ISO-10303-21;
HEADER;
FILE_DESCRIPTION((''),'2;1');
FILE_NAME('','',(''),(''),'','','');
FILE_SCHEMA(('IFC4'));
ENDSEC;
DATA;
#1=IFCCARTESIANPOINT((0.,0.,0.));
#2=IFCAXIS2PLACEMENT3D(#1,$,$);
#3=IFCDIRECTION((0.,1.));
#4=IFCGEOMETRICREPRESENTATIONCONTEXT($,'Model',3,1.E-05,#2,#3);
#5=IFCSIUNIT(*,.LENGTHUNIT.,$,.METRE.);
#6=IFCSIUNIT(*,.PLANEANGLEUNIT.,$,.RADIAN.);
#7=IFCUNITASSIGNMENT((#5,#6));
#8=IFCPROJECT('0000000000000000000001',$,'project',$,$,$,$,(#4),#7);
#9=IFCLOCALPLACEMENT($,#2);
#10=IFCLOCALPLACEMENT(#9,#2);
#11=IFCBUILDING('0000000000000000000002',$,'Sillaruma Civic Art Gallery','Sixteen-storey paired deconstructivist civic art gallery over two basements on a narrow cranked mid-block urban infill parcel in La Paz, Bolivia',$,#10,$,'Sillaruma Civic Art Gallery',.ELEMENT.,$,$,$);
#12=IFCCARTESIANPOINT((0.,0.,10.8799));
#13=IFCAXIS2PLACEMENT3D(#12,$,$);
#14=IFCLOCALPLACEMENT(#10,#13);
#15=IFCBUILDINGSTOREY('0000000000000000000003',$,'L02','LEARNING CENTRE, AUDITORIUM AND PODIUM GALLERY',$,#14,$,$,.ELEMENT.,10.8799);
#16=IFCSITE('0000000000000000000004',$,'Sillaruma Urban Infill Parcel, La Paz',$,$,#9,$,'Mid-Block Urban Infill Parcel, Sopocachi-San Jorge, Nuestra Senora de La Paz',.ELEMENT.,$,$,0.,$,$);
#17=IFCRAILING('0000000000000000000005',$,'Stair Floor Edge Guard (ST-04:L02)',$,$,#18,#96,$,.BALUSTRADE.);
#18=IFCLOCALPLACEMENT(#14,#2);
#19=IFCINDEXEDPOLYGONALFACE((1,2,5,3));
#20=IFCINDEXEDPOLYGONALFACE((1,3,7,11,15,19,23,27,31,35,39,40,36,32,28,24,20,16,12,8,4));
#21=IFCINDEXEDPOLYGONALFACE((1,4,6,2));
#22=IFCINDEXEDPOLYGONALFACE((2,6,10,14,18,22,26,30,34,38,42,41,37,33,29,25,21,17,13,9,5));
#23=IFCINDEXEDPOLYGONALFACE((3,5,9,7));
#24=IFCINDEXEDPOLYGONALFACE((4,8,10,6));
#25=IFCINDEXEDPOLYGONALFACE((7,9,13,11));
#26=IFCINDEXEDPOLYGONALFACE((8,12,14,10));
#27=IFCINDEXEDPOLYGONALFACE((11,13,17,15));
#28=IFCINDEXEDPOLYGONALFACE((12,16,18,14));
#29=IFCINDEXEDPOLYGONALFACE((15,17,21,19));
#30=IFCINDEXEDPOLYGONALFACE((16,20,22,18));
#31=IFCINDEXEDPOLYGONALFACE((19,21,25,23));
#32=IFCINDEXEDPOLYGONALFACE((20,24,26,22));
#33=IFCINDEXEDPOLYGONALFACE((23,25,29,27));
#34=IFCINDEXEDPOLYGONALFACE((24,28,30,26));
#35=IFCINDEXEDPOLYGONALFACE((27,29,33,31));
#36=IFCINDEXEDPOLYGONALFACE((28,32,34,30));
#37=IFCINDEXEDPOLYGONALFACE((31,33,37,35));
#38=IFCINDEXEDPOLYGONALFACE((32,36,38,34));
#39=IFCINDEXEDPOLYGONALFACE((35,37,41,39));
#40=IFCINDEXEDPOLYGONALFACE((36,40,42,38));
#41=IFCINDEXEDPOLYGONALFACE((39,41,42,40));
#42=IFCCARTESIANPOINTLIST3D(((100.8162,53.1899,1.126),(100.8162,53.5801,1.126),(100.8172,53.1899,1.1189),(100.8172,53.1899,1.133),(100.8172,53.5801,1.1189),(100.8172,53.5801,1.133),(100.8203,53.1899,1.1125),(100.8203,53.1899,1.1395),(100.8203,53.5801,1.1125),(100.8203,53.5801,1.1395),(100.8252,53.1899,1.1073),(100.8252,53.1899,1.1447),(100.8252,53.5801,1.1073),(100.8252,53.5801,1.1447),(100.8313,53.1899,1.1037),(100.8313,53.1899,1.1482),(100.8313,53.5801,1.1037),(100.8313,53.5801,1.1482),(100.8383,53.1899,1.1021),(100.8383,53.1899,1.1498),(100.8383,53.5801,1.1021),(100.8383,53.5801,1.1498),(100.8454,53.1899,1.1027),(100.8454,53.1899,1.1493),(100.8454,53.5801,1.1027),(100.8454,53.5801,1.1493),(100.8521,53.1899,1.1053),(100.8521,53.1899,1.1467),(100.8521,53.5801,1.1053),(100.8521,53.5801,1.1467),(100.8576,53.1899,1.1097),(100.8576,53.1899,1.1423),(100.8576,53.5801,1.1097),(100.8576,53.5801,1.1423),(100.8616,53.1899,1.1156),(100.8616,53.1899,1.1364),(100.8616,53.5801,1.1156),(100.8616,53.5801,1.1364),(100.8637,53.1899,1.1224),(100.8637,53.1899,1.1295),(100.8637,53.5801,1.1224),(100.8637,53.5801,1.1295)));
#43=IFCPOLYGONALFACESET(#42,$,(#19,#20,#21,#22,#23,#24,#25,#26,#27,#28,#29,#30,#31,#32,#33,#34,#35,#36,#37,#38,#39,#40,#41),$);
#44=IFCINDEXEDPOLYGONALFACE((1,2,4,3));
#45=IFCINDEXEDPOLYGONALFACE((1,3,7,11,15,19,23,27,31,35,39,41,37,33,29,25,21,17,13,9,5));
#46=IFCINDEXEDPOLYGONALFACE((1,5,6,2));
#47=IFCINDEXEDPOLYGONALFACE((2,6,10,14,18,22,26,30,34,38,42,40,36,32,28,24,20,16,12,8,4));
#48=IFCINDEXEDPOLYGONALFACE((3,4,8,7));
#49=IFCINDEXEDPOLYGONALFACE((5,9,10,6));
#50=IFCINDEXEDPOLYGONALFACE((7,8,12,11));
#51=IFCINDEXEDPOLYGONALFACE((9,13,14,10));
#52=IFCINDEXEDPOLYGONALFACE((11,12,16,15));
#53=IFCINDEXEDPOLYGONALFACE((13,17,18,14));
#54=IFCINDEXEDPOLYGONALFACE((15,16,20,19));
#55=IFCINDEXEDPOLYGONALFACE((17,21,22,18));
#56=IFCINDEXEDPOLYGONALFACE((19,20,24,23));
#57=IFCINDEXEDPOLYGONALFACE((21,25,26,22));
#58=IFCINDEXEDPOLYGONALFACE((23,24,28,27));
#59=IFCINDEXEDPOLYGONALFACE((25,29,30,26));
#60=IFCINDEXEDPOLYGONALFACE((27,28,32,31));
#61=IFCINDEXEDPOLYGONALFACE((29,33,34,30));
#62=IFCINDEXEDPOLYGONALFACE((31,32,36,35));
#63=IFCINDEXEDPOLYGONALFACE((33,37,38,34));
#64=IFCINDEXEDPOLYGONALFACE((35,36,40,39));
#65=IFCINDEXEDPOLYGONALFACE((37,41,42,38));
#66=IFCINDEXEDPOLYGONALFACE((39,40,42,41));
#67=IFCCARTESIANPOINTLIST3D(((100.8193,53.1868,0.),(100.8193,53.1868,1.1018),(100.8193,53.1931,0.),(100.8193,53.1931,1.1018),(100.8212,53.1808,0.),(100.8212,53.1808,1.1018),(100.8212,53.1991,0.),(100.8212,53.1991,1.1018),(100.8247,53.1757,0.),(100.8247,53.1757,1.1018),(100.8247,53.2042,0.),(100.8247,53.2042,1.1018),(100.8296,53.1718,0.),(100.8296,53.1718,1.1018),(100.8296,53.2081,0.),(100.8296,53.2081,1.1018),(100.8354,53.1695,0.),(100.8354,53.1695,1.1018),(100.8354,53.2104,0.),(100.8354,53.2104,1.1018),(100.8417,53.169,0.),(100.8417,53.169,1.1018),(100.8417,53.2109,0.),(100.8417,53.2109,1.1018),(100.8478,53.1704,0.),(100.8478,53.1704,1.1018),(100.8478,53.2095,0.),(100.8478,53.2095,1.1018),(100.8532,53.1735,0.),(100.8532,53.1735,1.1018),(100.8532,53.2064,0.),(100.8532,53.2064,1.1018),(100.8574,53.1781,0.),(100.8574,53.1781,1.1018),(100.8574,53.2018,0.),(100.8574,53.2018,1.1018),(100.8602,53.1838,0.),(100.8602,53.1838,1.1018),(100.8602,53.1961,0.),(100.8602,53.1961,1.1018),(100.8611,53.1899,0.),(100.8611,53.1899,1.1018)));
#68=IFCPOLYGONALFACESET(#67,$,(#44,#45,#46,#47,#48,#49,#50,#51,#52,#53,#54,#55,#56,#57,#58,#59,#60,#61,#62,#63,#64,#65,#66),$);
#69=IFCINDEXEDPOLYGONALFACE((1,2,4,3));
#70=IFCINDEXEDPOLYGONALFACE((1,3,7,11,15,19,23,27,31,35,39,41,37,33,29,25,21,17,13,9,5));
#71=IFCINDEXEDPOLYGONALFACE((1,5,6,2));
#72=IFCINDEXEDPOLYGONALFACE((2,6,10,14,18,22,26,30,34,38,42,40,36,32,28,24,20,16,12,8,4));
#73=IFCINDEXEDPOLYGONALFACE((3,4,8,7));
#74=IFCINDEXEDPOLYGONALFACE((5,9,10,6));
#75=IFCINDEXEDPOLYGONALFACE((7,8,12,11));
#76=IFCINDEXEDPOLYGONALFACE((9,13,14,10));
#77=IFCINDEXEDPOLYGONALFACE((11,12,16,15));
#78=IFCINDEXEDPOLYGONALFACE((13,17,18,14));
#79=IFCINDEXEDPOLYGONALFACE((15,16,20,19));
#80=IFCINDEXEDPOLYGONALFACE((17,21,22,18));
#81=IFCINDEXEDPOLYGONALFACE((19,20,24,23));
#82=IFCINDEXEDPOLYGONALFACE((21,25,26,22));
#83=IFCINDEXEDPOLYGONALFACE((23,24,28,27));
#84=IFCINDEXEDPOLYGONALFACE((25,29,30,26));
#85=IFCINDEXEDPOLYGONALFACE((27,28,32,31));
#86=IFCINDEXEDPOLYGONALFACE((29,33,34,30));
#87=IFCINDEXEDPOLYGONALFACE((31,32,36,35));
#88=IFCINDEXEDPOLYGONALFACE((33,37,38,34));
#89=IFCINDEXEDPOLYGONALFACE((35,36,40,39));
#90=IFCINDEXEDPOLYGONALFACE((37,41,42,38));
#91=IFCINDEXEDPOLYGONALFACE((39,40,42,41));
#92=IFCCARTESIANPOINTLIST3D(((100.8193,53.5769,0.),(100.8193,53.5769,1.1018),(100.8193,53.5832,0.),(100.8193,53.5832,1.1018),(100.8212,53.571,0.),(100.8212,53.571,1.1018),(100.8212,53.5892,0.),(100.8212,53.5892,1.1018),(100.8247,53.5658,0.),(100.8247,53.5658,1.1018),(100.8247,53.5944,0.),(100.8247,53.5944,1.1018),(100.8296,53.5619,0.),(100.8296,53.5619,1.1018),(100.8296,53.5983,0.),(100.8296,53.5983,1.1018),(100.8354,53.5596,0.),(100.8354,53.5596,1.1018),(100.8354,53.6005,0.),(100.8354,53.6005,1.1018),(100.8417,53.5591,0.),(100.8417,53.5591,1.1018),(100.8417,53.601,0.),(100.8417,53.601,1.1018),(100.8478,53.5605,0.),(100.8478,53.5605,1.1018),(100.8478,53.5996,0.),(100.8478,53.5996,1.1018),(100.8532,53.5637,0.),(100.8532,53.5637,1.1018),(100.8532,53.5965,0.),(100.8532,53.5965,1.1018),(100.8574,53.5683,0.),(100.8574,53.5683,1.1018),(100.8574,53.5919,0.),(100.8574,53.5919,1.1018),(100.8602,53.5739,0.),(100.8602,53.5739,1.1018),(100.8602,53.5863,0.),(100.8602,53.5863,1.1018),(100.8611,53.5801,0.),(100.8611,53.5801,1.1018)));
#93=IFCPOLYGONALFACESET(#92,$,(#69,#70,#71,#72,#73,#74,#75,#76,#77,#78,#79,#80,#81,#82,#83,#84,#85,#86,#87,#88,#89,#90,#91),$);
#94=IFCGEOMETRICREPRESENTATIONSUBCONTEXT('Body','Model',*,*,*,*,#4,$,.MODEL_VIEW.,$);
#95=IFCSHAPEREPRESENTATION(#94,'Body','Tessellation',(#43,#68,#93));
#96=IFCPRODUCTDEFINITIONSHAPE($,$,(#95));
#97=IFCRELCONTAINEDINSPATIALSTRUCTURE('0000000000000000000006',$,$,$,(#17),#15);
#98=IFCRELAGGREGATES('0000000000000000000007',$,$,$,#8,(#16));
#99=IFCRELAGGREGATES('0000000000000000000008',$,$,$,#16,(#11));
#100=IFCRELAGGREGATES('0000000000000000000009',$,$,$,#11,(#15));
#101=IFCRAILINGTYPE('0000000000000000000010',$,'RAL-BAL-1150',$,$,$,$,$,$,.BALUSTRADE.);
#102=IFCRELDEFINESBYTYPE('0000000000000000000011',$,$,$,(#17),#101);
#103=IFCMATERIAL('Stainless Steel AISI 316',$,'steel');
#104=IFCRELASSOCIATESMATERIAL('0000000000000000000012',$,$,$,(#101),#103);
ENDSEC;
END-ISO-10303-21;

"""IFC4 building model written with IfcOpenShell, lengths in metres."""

from ifc_helpers import new_model, si_unit, direction, frame, origin, origin_2d, place, context, subcontext, project, spatial, circle, extrude, material, type_object, element, save


model = new_model("IFC4")

# Units and contexts
model_context = context("Model", 3, precision=1e-05, world=origin(), true_north=direction((0.0, 1.0)))
body_context = subcontext(model_context, "Body", "Model", "MODEL_VIEW")
ifc_project = project(units=[si_unit("LENGTHUNIT", "METRE"), si_unit("PLANEANGLEUNIT", "RADIAN")], contexts=[model_context])

# Site, building, storey
site_placement = place(None, origin())
site = spatial("IfcSite", under=ifc_project, at=site_placement, Name="Sillaruma Urban Infill Parcel, La Paz", LongName="Mid-Block Urban Infill Parcel, Sopocachi-San Jorge, Nuestra Senora de La Paz", CompositionType="ELEMENT", RefElevation=0.0)
building_placement = place(site_placement, origin())
building = spatial("IfcBuilding", under=site, at=building_placement, Name="Sillaruma Civic Art Gallery", Description="Sixteen-storey paired deconstructivist civic art gallery over two basements on a narrow cranked mid-block urban infill parcel in La Paz, Bolivia", LongName="Sillaruma Civic Art Gallery", CompositionType="ELEMENT")
storey_placement = place(building_placement, frame((0.0, 0.0, 10.8799)))
storey = spatial("IfcBuildingStorey", under=building, at=storey_placement, Name="L02", Description="LEARNING CENTRE, AUDITORIUM AND PODIUM GALLERY", CompositionType="ELEMENT", Elevation=10.8799)

# Railing
ifc_material_1 = material(Name="Stainless Steel AISI 316", Category="steel")
railing_type_1 = type_object("IfcRailingType", Name="RAL-BAL-1150", PredefinedType="BALUSTRADE", material=ifc_material_1)
railing_1_placement = place(storey_placement, frame((100.8401, 53.1899, 0.0)))
element("IfcRailing", 1, at=railing_1_placement, inside=storey, type_object=railing_type_1, Name="Stair Floor Edge Guard (ST-04:L02)", PredefinedType="BALUSTRADE", context=body_context, shape_type="SweptSolid", body=[
    extrude(circle(Radius=0.0239, at=origin_2d()), frame((0.0, 0.0, 1.126), z_axis=(0.0, 1.0, 0.0), x_axis=(-1.0, 0.0, 0.0)), (0.0, 0.0, 1.0), 0.3901),
    extrude(circle(Radius=0.021, at=origin_2d()), origin(), (0.0, 0.0, 1.0), 1.1018),
    extrude(circle(Radius=0.021, at=origin_2d()), frame((0.0, 0.3901, 0.0)), (0.0, 0.0, 1.0), 1.1018),
])

save(model, "model.ifc")
